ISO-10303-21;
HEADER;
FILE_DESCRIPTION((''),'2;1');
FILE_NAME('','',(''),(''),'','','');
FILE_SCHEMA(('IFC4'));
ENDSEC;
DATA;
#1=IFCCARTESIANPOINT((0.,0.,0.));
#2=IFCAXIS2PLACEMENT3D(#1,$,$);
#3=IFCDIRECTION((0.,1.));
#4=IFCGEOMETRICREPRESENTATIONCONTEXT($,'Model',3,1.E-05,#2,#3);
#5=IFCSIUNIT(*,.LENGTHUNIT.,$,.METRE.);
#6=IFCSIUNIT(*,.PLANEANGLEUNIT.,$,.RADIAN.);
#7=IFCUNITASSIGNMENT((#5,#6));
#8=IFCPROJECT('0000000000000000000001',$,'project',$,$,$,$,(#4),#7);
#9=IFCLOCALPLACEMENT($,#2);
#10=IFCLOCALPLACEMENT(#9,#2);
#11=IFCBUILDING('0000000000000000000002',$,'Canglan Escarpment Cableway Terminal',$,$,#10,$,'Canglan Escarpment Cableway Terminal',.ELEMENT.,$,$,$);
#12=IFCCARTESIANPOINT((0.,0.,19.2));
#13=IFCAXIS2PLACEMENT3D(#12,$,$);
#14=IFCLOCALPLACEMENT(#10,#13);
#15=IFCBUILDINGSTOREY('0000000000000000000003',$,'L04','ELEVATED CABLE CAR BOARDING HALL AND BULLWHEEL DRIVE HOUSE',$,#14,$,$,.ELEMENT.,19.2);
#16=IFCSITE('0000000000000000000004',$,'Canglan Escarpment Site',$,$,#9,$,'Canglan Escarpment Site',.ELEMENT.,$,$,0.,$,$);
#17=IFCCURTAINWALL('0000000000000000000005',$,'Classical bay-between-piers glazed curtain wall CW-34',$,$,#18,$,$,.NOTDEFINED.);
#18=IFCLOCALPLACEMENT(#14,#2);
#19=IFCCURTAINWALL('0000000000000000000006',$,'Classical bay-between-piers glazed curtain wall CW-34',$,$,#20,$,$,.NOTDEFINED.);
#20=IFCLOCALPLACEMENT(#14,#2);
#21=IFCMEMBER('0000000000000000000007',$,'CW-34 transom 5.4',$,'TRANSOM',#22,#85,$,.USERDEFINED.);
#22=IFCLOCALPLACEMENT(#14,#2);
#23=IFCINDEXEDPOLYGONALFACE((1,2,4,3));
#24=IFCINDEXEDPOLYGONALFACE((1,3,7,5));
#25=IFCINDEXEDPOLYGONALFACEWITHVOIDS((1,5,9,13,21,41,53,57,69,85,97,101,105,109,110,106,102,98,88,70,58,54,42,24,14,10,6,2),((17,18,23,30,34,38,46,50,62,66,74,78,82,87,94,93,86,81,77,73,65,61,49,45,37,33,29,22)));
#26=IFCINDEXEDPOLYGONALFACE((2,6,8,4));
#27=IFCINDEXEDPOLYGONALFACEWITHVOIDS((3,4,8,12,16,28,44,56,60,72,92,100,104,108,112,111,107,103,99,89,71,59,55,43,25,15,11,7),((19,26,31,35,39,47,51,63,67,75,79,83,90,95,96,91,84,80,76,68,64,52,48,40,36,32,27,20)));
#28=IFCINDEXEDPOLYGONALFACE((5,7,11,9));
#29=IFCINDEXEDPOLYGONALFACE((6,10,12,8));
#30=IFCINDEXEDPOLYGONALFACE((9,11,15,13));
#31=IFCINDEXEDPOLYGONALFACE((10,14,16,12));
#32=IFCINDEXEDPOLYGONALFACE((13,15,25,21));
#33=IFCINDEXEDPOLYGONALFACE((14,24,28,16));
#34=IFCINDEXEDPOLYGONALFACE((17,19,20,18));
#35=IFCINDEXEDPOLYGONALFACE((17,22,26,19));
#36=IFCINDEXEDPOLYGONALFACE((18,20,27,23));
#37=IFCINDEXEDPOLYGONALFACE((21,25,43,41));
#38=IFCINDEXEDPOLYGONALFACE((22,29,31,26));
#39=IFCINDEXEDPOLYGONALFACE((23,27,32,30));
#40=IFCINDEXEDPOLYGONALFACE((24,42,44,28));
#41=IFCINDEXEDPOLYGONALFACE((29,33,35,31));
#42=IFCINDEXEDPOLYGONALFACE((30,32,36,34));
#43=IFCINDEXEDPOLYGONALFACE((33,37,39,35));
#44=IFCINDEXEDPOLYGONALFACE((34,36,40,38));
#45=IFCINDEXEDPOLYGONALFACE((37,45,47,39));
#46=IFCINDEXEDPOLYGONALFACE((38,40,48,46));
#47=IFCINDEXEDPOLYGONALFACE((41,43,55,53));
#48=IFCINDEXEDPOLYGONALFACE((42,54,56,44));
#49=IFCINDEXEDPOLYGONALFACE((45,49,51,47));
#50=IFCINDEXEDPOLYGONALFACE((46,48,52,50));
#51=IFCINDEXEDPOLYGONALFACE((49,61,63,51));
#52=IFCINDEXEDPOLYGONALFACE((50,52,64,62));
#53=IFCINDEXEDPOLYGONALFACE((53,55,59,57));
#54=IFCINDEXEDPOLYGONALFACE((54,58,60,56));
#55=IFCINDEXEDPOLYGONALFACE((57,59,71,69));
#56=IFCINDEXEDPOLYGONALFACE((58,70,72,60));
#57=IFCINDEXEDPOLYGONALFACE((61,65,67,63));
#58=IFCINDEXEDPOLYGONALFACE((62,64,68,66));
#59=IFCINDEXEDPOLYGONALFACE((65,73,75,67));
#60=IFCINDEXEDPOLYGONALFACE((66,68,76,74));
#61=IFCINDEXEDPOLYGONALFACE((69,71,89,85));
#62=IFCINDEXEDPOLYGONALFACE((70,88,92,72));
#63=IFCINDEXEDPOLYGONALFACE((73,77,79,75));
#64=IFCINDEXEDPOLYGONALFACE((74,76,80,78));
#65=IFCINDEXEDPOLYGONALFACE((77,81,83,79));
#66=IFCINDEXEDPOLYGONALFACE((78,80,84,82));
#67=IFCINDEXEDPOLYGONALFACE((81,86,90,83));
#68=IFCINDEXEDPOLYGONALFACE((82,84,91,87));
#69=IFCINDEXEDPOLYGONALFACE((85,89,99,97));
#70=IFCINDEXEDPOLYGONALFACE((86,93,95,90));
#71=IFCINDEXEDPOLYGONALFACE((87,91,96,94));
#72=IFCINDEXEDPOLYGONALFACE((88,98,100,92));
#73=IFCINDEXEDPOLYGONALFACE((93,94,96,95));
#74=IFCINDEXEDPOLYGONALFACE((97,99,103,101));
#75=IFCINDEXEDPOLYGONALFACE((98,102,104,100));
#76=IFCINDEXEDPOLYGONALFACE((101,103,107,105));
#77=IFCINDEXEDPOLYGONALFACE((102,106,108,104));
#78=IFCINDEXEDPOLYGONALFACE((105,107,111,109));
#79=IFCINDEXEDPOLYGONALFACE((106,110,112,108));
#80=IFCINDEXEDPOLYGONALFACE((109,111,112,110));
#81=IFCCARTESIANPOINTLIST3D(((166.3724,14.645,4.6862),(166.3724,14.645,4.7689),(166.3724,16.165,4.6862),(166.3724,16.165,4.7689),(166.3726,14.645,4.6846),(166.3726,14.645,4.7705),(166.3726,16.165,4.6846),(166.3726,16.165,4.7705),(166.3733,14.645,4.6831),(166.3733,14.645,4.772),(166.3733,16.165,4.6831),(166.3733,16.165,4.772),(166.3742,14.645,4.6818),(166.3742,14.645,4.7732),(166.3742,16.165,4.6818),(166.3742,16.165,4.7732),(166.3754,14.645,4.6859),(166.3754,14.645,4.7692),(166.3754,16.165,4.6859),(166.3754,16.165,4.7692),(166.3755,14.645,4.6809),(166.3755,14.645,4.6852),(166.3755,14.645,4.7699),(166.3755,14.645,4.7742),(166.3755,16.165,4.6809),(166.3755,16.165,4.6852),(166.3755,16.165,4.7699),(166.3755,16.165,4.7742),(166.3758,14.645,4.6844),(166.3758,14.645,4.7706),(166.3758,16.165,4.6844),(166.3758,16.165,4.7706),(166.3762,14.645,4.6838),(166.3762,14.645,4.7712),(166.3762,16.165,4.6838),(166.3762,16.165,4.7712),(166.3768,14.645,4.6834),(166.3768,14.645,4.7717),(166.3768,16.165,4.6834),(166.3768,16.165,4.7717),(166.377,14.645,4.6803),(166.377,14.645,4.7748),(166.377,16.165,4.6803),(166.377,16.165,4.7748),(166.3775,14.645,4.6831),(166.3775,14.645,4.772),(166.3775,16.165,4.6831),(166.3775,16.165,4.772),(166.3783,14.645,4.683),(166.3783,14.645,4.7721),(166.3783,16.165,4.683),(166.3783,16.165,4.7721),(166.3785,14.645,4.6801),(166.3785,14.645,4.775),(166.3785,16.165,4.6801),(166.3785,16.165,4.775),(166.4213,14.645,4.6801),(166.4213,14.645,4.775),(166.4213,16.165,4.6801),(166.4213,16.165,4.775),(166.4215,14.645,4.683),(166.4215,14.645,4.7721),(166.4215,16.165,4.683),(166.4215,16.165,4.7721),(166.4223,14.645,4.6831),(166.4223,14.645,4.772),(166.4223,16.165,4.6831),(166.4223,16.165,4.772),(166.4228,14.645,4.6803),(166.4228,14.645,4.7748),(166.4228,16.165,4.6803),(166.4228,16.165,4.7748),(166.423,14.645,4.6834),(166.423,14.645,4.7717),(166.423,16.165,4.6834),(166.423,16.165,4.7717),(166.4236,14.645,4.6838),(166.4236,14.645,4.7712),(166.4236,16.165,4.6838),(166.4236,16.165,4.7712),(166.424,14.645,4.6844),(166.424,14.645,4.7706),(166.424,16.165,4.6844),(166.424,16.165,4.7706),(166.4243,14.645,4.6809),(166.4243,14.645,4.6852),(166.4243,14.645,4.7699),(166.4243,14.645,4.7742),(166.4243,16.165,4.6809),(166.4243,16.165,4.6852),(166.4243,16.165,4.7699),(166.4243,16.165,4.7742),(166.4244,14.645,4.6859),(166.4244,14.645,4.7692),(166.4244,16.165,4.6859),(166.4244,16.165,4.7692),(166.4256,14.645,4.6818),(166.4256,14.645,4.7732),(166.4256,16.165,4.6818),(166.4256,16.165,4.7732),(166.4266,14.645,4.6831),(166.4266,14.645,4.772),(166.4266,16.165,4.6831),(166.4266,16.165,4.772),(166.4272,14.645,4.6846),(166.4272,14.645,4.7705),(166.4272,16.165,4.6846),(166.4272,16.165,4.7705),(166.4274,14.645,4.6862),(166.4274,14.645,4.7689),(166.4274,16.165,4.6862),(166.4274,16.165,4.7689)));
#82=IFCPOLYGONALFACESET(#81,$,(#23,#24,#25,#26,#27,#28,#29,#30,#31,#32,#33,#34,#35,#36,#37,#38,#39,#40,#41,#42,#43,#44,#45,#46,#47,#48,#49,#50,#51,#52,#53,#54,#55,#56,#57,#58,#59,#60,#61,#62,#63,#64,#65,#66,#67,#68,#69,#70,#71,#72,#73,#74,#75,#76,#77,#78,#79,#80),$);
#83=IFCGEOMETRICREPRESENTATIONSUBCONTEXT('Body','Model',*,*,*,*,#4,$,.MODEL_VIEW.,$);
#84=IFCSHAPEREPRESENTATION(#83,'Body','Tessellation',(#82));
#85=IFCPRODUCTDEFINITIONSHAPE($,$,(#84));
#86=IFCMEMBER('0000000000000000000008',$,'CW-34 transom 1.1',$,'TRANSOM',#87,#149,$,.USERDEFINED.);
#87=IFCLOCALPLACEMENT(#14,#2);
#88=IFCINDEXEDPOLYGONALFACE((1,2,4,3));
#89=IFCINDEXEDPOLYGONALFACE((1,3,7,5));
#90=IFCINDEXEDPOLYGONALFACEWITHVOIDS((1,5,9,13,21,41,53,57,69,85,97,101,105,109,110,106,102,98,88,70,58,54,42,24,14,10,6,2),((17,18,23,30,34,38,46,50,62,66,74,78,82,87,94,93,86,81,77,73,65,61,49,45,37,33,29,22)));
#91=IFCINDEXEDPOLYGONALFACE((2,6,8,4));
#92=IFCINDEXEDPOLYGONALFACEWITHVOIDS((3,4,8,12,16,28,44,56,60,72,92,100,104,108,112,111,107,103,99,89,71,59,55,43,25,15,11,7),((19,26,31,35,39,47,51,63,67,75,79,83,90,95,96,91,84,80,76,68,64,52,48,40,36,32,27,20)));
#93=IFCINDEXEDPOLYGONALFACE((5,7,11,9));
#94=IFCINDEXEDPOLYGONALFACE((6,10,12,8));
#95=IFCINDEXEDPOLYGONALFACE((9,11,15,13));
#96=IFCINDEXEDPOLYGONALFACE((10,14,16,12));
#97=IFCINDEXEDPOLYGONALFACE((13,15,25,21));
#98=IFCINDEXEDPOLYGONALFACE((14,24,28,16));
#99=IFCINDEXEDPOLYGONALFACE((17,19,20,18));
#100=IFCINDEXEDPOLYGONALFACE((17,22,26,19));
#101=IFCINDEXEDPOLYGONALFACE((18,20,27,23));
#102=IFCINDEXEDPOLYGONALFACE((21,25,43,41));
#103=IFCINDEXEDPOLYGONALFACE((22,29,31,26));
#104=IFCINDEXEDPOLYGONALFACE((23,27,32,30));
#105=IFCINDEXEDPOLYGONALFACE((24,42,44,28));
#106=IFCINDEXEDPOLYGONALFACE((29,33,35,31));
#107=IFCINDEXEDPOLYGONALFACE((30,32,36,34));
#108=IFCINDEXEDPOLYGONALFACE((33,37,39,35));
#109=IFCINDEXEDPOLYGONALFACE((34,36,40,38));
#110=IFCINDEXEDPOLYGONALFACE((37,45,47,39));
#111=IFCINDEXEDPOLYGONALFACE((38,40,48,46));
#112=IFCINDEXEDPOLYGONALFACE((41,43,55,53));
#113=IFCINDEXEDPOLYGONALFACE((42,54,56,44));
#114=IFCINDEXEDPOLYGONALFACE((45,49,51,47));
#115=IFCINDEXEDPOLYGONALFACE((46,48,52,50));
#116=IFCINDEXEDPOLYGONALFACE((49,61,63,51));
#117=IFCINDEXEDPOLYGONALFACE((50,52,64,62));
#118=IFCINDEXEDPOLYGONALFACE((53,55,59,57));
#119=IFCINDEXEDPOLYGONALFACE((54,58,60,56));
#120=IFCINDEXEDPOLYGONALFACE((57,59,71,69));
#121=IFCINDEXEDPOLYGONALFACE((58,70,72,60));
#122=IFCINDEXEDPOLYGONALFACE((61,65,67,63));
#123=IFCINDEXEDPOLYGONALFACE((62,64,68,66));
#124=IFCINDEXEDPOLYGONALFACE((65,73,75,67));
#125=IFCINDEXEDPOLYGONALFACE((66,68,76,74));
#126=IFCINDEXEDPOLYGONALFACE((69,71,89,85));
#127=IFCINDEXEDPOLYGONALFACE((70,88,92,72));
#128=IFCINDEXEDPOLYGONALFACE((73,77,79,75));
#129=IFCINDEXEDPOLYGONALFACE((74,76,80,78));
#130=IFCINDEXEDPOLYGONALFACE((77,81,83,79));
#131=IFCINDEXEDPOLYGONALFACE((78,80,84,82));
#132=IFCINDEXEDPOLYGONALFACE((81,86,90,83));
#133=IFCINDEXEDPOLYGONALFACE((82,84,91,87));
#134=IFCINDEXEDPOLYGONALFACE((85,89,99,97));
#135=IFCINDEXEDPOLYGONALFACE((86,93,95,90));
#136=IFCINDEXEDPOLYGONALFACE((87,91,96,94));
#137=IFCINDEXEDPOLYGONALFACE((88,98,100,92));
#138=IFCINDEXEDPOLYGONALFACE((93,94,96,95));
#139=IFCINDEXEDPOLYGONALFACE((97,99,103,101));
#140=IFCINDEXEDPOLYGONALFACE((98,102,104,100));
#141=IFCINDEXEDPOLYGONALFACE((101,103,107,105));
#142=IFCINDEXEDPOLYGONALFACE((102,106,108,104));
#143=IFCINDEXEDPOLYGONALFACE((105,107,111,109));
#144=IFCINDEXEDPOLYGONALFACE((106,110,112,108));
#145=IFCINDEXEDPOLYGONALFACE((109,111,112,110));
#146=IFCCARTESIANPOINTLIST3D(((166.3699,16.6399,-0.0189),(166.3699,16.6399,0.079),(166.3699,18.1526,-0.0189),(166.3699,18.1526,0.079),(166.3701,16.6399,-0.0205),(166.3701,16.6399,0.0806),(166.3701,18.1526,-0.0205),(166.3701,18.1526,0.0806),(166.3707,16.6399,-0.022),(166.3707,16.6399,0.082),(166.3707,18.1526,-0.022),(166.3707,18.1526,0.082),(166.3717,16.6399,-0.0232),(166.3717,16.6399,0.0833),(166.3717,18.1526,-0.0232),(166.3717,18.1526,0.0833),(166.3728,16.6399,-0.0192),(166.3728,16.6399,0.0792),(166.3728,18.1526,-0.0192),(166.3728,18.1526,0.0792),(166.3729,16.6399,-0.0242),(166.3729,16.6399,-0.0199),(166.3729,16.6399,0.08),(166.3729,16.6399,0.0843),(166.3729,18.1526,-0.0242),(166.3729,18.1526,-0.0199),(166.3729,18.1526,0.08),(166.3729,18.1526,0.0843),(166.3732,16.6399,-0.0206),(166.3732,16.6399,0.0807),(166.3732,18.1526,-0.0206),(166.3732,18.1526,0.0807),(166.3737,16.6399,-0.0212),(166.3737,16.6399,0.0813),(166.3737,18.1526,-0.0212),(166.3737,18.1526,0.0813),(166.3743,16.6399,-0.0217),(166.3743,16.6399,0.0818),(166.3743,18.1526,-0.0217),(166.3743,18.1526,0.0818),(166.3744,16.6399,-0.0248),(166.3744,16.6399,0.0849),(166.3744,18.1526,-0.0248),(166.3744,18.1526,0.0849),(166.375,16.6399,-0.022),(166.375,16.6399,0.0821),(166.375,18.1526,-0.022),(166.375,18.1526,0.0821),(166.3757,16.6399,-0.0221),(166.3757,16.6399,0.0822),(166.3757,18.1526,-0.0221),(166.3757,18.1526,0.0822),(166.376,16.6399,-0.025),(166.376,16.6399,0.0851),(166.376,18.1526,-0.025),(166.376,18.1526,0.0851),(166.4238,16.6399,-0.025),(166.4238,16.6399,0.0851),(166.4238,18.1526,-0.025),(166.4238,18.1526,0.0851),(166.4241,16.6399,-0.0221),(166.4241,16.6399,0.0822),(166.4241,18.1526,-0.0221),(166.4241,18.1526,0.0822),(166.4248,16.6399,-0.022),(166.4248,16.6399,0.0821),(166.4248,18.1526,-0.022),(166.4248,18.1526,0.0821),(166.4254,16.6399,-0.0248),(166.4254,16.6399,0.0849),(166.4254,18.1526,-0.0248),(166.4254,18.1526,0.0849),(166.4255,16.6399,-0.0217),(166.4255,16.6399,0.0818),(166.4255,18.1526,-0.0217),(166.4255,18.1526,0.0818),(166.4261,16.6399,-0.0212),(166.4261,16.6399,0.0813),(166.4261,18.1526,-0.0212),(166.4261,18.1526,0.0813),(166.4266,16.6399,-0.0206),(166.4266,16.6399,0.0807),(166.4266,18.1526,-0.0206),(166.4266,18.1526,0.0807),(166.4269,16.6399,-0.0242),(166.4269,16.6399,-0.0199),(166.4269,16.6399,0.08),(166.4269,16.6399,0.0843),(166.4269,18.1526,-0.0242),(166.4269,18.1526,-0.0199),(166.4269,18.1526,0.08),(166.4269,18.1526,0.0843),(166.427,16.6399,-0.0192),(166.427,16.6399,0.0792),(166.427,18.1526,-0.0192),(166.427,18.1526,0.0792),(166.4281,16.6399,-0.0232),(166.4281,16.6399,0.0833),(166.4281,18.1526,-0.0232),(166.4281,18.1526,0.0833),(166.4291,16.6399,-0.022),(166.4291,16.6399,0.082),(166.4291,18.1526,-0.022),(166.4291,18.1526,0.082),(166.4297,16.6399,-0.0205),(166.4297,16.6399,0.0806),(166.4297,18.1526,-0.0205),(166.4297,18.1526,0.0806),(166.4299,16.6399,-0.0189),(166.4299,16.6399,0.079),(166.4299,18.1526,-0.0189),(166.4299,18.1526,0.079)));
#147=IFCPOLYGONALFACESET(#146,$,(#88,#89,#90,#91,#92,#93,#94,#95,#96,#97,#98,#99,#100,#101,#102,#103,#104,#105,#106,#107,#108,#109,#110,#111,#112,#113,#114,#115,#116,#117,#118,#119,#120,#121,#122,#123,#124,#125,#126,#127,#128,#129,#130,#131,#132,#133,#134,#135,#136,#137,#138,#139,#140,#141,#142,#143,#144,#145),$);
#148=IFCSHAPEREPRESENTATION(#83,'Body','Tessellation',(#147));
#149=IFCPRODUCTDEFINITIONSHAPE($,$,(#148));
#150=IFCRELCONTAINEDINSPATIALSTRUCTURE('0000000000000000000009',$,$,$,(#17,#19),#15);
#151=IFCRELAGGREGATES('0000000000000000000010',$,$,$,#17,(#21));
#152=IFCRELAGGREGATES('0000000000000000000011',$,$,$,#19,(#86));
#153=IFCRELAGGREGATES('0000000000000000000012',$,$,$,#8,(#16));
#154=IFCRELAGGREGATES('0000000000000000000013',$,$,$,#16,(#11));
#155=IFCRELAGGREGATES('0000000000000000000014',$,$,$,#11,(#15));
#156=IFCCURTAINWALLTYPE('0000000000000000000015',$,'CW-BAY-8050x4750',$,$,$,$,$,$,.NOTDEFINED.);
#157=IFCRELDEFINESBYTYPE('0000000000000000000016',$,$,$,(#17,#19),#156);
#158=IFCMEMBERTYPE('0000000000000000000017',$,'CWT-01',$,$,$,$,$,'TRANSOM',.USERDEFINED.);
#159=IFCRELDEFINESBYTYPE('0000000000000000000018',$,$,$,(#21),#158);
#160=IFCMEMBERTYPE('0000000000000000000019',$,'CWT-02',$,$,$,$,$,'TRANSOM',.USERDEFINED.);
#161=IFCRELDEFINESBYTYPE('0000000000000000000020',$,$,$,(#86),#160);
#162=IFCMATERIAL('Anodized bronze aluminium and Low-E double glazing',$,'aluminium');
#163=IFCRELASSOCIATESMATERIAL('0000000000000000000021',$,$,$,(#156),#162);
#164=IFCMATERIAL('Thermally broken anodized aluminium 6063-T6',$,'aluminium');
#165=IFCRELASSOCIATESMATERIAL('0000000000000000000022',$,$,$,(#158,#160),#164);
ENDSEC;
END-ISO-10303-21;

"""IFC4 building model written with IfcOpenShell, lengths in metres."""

from ifc_helpers import new_model, si_unit, direction, frame, origin, origin_2d, place, context, subcontext, project, spatial, hollow_rectangle, extrude, material, material_profile, profile_set, type_object, element, aggregate, save


model = new_model("IFC4")

# Units and contexts
model_context = context("Model", 3, precision=1e-05, world=origin(), true_north=direction((0.0, 1.0)))
body_context = subcontext(model_context, "Body", "Model", "MODEL_VIEW")
ifc_project = project(units=[si_unit("LENGTHUNIT", "METRE"), si_unit("PLANEANGLEUNIT", "RADIAN")], contexts=[model_context])

# Site, building, storey
site_placement = place(None, origin())
site = spatial("IfcSite", under=ifc_project, at=site_placement, Name="Canglan Escarpment Site", LongName="Canglan Escarpment Site", CompositionType="ELEMENT", RefElevation=0.0)
building_placement = place(site_placement, origin())
building = spatial("IfcBuilding", under=site, at=building_placement, Name="Canglan Escarpment Cableway Terminal", LongName="Canglan Escarpment Cableway Terminal", CompositionType="ELEMENT")
storey_placement = place(building_placement, frame((0.0, 0.0, 19.2)))
storey = spatial("IfcBuildingStorey", under=building, at=storey_placement, Name="L04", Description="ELEVATED CABLE CAR BOARDING HALL AND BULLWHEEL DRIVE HOUSE", CompositionType="ELEMENT", Elevation=19.2)

# Curtain walls
ifc_material_1 = material(Name="Anodized bronze aluminium and Low-E double glazing", Category="aluminium")
curtain_wall_type = type_object("IfcCurtainWallType", Name="CW-BAY-8050x4750", PredefinedType="NOTDEFINED", material=ifc_material_1)
curtain_wall_1_placement = place(storey_placement, origin())
curtain_wall_1 = element("IfcCurtainWall", 1, at=curtain_wall_1_placement, inside=storey, type_object=curtain_wall_type, Name="Classical bay-between-piers glazed curtain wall CW-34", PredefinedType="NOTDEFINED")
ifc_material_2 = material(Name="Thermally broken anodized aluminium 6063-T6", Category="aluminium")
curtain_wall_2_placement = place(storey_placement, origin())
curtain_wall_2 = element("IfcCurtainWall", 2, at=curtain_wall_2_placement, inside=storey, type_object=curtain_wall_type, Name="Classical bay-between-piers glazed curtain wall CW-34", PredefinedType="NOTDEFINED")

# Members
ifc_material_profile_1 = material_profile(ifc_material_2, hollow_rectangle(XDim=0.0549, YDim=0.095, WallThickness=0.0029, InnerFilletRadius=0.0029, OuterFilletRadius=0.0061, at=origin_2d()), Name="ALU-TRAN 55x95x3")
ifc_profile_set_1 = profile_set([ifc_material_profile_1], Name="Thermally broken anodized aluminium 6063-T6")
member_type_1 = type_object("IfcMemberType", Name="CWT-01", ElementType="TRANSOM", PredefinedType="USERDEFINED", material=ifc_profile_set_1)
member_1_placement = place(storey_placement, frame((166.3999, 14.645, 4.7275), z_axis=(0.0, 1.0, 0.0), x_axis=(-1.0, 0.0, 0.0)))
member_1 = element("IfcMember", 3, at=member_1_placement, type_object=member_type_1, Name="CW-34 transom 5.4", ObjectType="TRANSOM", PredefinedType="USERDEFINED", context=body_context, shape_type="SweptSolid", body=[
    extrude(hollow_rectangle(XDim=0.0549, YDim=0.095, WallThickness=0.0029, InnerFilletRadius=0.0029, OuterFilletRadius=0.0061, at=origin_2d()), origin(), (0.0, 0.0, 1.0), 1.52),
])
ifc_material_profile_2 = material_profile(ifc_material_2, hollow_rectangle(XDim=0.0601, YDim=0.1101, WallThickness=0.0029, InnerFilletRadius=0.0029, OuterFilletRadius=0.0061, at=origin_2d()), Name="ALU-TRAN 60x110x3")
ifc_profile_set_2 = profile_set([ifc_material_profile_2], Name="Thermally broken anodized aluminium 6063-T6")
member_type_2 = type_object("IfcMemberType", Name="CWT-02", ElementType="TRANSOM", PredefinedType="USERDEFINED", material=ifc_profile_set_2)
member_2_placement = place(storey_placement, frame((166.3999, 16.6399, 0.03), z_axis=(0.0, 1.0, 0.0), x_axis=(-1.0, 0.0, 0.0)))
member_2 = element("IfcMember", 4, at=member_2_placement, type_object=member_type_2, Name="CW-34 transom 1.1", ObjectType="TRANSOM", PredefinedType="USERDEFINED", context=body_context, shape_type="SweptSolid", body=[
    extrude(hollow_rectangle(XDim=0.0601, YDim=0.1101, WallThickness=0.0029, InnerFilletRadius=0.0029, OuterFilletRadius=0.0061, at=origin_2d()), origin(), (0.0, 0.0, 1.0), 1.5127),
])

aggregate(curtain_wall_1, [member_1])
aggregate(curtain_wall_2, [member_2])

save(model, "model.ifc")
